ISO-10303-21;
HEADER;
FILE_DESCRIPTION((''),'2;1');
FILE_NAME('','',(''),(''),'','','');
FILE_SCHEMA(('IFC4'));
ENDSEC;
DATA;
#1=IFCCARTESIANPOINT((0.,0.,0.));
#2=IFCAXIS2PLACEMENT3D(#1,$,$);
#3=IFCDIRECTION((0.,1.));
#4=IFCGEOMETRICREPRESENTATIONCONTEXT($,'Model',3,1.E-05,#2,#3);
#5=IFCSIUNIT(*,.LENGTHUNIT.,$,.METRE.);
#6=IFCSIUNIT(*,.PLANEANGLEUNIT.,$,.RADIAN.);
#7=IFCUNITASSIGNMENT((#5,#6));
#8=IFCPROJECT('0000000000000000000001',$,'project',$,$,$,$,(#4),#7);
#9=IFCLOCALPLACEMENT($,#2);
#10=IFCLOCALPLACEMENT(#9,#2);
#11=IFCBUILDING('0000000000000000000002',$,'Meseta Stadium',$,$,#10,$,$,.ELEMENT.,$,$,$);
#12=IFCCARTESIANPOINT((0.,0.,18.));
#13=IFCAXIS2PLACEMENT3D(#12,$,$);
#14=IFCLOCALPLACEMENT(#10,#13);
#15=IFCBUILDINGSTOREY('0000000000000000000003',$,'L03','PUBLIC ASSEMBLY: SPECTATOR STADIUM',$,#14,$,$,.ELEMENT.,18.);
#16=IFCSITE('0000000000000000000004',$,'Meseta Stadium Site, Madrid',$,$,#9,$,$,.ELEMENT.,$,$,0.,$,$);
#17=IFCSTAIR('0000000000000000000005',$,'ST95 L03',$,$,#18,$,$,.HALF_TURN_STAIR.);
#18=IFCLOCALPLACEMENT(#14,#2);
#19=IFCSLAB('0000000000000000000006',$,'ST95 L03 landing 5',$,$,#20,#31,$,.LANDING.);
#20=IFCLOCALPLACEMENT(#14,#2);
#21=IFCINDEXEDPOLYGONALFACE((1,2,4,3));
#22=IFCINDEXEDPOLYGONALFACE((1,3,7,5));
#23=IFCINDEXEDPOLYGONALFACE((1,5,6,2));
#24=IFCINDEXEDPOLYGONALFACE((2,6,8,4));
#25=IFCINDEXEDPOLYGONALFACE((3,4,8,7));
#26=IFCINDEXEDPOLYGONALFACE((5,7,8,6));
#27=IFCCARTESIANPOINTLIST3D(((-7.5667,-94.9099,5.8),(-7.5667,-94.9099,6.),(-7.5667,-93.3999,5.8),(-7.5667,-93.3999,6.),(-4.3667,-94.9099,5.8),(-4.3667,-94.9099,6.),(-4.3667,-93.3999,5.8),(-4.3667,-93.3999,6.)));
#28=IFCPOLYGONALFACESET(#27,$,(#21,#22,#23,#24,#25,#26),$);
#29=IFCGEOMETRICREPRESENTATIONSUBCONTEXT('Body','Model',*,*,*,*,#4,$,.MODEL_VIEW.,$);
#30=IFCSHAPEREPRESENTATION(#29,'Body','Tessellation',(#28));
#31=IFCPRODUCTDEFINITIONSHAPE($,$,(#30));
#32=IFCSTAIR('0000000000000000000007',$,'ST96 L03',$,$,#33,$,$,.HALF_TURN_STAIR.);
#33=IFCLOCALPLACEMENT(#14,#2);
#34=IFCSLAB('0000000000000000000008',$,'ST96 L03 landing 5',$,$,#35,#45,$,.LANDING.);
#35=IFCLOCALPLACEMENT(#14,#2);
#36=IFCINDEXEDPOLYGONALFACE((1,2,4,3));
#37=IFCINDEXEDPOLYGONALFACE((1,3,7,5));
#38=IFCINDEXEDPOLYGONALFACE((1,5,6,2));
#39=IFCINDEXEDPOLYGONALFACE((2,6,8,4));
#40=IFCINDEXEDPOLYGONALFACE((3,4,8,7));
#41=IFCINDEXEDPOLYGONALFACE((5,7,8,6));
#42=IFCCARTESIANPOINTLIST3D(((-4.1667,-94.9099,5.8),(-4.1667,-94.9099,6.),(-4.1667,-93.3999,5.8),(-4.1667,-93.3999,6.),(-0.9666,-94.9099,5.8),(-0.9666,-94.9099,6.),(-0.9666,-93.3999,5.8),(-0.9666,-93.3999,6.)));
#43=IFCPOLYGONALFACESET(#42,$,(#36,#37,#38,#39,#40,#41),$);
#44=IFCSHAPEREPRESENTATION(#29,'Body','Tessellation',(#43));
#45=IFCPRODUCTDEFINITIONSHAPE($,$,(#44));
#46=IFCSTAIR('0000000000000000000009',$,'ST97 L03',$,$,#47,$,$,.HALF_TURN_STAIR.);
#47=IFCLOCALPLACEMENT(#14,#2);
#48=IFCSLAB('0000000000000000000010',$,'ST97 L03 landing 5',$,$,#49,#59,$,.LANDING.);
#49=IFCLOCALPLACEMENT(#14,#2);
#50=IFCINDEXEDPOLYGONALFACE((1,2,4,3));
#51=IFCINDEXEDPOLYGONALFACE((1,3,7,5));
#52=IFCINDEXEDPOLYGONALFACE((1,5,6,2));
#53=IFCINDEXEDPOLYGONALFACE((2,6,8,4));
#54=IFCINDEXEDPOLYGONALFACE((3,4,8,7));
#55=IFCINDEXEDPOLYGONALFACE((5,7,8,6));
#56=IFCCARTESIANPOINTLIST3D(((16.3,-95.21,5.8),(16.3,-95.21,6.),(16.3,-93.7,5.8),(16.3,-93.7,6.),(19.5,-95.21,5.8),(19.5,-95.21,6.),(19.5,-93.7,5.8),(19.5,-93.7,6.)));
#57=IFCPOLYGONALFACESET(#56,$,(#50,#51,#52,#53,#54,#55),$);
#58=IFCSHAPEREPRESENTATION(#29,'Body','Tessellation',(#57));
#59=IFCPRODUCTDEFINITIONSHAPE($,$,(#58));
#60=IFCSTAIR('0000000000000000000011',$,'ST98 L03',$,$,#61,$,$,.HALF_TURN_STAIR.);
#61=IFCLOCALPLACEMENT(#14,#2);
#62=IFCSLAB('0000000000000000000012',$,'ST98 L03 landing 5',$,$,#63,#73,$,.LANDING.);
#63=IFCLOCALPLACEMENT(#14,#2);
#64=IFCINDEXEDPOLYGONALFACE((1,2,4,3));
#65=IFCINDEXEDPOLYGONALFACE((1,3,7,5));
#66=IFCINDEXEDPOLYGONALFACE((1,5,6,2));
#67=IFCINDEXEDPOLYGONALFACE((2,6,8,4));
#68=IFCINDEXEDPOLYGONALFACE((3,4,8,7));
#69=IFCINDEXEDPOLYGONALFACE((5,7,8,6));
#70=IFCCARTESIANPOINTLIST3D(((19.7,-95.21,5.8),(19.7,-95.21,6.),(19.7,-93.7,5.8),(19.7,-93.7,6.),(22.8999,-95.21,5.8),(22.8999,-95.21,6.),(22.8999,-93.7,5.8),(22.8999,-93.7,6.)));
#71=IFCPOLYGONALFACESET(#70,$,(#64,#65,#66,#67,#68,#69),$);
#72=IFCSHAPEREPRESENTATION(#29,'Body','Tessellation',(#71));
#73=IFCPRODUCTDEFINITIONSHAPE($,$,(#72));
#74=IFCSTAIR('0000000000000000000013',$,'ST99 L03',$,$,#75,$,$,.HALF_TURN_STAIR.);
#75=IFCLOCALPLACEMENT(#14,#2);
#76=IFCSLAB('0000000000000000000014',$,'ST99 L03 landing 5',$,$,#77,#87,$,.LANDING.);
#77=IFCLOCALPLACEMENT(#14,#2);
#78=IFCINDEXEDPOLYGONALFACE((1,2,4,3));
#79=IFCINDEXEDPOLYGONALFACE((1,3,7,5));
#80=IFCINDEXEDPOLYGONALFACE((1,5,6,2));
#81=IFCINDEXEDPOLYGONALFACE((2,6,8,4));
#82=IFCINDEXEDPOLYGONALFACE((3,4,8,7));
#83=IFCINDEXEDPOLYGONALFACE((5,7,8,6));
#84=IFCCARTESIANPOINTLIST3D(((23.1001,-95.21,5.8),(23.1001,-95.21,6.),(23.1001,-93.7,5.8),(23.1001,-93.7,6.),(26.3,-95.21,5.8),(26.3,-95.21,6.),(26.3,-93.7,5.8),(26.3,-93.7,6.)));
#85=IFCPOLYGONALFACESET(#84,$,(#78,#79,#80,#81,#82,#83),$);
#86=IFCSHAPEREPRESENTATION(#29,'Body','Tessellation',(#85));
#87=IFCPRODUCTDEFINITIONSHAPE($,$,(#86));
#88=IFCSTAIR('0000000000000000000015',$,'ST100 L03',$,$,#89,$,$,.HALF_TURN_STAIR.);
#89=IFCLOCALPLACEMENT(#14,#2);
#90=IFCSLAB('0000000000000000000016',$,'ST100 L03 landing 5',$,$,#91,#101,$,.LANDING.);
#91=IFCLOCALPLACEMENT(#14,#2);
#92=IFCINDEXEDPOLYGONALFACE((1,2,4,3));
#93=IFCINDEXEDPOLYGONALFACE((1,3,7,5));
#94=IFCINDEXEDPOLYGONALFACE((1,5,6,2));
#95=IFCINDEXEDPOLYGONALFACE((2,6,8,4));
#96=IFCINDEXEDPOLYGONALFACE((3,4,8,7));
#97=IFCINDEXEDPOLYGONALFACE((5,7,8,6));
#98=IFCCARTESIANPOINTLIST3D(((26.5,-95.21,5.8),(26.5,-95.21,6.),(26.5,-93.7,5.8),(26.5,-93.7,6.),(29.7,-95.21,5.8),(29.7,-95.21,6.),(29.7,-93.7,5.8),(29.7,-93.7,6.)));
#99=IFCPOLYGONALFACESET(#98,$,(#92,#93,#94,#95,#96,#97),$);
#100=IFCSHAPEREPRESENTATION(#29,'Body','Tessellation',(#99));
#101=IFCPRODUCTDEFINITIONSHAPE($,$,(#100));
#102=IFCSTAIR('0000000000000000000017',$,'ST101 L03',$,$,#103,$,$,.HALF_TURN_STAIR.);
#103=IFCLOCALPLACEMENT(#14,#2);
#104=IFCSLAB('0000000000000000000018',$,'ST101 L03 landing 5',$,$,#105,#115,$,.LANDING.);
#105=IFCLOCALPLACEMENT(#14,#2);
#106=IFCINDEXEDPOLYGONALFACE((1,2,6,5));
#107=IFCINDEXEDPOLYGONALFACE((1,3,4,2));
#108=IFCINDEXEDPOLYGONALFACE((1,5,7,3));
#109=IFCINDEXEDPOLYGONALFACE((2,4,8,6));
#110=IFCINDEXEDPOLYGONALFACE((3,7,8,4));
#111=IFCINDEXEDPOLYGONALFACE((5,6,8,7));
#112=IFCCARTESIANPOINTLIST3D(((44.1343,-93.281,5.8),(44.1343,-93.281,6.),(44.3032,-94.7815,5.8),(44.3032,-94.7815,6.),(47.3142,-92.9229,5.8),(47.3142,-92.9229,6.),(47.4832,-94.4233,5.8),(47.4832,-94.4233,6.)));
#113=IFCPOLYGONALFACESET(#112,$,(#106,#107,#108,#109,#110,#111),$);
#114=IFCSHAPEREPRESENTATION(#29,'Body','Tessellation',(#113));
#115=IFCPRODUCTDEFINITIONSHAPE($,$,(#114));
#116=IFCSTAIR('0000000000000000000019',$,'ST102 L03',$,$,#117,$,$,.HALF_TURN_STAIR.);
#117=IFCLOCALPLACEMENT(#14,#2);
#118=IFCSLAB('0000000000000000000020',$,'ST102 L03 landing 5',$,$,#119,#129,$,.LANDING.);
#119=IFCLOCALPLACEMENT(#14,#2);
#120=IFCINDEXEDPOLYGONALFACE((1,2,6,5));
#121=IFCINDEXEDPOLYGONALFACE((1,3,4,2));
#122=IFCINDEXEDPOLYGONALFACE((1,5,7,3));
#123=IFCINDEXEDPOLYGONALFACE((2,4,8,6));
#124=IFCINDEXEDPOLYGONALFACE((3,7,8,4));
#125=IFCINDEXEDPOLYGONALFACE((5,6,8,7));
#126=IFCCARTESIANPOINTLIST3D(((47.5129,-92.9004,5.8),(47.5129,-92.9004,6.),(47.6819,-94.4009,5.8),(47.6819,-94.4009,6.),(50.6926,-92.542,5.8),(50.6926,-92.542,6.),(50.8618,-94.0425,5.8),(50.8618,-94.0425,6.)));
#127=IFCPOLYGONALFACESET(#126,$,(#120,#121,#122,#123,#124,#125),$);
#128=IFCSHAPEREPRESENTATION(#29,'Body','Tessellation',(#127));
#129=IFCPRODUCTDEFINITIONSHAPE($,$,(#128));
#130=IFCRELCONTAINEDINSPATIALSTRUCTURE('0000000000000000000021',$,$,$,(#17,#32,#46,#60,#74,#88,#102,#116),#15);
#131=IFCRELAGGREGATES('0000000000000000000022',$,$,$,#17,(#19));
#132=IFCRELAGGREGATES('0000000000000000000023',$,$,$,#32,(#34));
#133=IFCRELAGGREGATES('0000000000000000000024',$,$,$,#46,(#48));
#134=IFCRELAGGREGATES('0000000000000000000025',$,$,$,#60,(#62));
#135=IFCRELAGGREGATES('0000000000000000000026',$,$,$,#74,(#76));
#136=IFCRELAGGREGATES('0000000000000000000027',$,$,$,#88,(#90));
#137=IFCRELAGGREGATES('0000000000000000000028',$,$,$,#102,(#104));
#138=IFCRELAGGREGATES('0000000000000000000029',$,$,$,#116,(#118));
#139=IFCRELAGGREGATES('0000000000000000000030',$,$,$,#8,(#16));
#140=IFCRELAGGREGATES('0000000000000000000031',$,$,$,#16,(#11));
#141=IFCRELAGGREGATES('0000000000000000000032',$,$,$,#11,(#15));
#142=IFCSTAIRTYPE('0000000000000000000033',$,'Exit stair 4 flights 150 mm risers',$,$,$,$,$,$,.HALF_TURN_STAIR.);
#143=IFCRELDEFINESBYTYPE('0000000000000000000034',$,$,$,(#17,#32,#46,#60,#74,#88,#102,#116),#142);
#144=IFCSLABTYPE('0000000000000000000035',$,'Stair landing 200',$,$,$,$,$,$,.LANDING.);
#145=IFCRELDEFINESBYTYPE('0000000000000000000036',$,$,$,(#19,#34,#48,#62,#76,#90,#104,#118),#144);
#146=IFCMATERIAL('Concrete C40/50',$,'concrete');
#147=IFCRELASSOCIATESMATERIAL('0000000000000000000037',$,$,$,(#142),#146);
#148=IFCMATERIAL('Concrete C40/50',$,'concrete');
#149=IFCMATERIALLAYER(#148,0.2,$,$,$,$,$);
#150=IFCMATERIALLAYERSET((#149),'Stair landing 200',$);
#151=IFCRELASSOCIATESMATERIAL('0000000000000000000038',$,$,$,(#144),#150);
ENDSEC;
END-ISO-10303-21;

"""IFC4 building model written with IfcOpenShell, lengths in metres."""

from ifc_helpers import new_model, si_unit, direction, frame, origin, place, context, subcontext, project, spatial, polyline, outline, extrude, material, layer, layer_set, type_object, element, aggregate, save


model = new_model("IFC4")

# Units and contexts
model_context = context("Model", 3, precision=1e-05, world=origin(), true_north=direction((0.0, 1.0)))
body_context = subcontext(model_context, "Body", "Model", "MODEL_VIEW")
ifc_project = project(units=[si_unit("LENGTHUNIT", "METRE"), si_unit("PLANEANGLEUNIT", "RADIAN")], contexts=[model_context])

# Site, building, storey
site_placement = place(None, origin())
site = spatial("IfcSite", under=ifc_project, at=site_placement, Name="Meseta Stadium Site, Madrid", CompositionType="ELEMENT", RefElevation=0.0)
building_placement = place(site_placement, origin())
building = spatial("IfcBuilding", under=site, at=building_placement, Name="Meseta Stadium", CompositionType="ELEMENT")
storey_placement = place(building_placement, frame((0.0, 0.0, 18.0)))
storey = spatial("IfcBuildingStorey", under=building, at=storey_placement, Name="L03", Description="PUBLIC ASSEMBLY: SPECTATOR STADIUM", CompositionType="ELEMENT", Elevation=18.0)

# Stairs, slabs
ifc_material_1 = material(Name="Concrete C40/50", Category="concrete")
stair_type = type_object("IfcStairType", Name="Exit stair 4 flights 150 mm risers", PredefinedType="HALF_TURN_STAIR", material=ifc_material_1)
ifc_material_2 = material(Name="Concrete C40/50", Category="concrete")
ifc_layer = layer(ifc_material_2, 0.2)
ifc_layer_set = layer_set([ifc_layer], Name="Stair landing 200")
slab_type = type_object("IfcSlabType", Name="Stair landing 200", PredefinedType="LANDING", material=ifc_layer_set)
stair_1_placement = place(storey_placement, origin())
stair_1 = element("IfcStair", 1, at=stair_1_placement, inside=storey, type_object=stair_type, Name="ST95 L03", PredefinedType="HALF_TURN_STAIR")
slab_1_placement = place(storey_placement, frame((0.0, 0.0, 5.8)))
slab_1 = element("IfcSlab", 2, at=slab_1_placement, type_object=slab_type, Name="ST95 L03 landing 5", PredefinedType="LANDING", context=body_context, shape_type="SweptSolid", body=[
    extrude(outline(polyline([(-7.5667, -93.3999), (-7.5667, -94.9099), (-4.3667, -94.9099), (-4.3667, -93.3999), (-7.5667, -93.3999)])), origin(), (0.0, 0.0, 1.0), 0.2),
])
aggregate(stair_1, [slab_1])
stair_2_placement = place(storey_placement, origin())
stair_2 = element("IfcStair", 3, at=stair_2_placement, inside=storey, type_object=stair_type, Name="ST96 L03", PredefinedType="HALF_TURN_STAIR")
slab_2_placement = place(storey_placement, frame((0.0, 0.0, 5.8)))
slab_2 = element("IfcSlab", 4, at=slab_2_placement, type_object=slab_type, Name="ST96 L03 landing 5", PredefinedType="LANDING", context=body_context, shape_type="SweptSolid", body=[
    extrude(outline(polyline([(-4.1667, -93.3999), (-4.1667, -94.9099), (-0.9666, -94.9099), (-0.9666, -93.3999), (-4.1667, -93.3999)])), origin(), (0.0, 0.0, 1.0), 0.2),
])
aggregate(stair_2, [slab_2])
stair_3_placement = place(storey_placement, origin())
stair_3 = element("IfcStair", 5, at=stair_3_placement, inside=storey, type_object=stair_type, Name="ST97 L03", PredefinedType="HALF_TURN_STAIR")
slab_3_placement = place(storey_placement, frame((0.0, 0.0, 5.8)))
slab_3 = element("IfcSlab", 6, at=slab_3_placement, type_object=slab_type, Name="ST97 L03 landing 5", PredefinedType="LANDING", context=body_context, shape_type="SweptSolid", body=[
    extrude(outline(polyline([(16.3, -93.7), (16.3, -95.21), (19.5, -95.21), (19.5, -93.7), (16.3, -93.7)])), origin(), (0.0, 0.0, 1.0), 0.2),
])
aggregate(stair_3, [slab_3])
stair_4_placement = place(storey_placement, origin())
stair_4 = element("IfcStair", 7, at=stair_4_placement, inside=storey, type_object=stair_type, Name="ST98 L03", PredefinedType="HALF_TURN_STAIR")
slab_4_placement = place(storey_placement, frame((0.0, 0.0, 5.8)))
slab_4 = element("IfcSlab", 8, at=slab_4_placement, type_object=slab_type, Name="ST98 L03 landing 5", PredefinedType="LANDING", context=body_context, shape_type="SweptSolid", body=[
    extrude(outline(polyline([(19.7, -93.7), (19.7, -95.21), (22.8999, -95.21), (22.8999, -93.7), (19.7, -93.7)])), origin(), (0.0, 0.0, 1.0), 0.2),
])
aggregate(stair_4, [slab_4])
stair_5_placement = place(storey_placement, origin())
stair_5 = element("IfcStair", 9, at=stair_5_placement, inside=storey, type_object=stair_type, Name="ST99 L03", PredefinedType="HALF_TURN_STAIR")
slab_5_placement = place(storey_placement, frame((0.0, 0.0, 5.8)))
slab_5 = element("IfcSlab", 10, at=slab_5_placement, type_object=slab_type, Name="ST99 L03 landing 5", PredefinedType="LANDING", context=body_context, shape_type="SweptSolid", body=[
    extrude(outline(polyline([(23.1001, -93.7), (23.1001, -95.21), (26.3, -95.21), (26.3, -93.7), (23.1001, -93.7)])), origin(), (0.0, 0.0, 1.0), 0.2),
])
aggregate(stair_5, [slab_5])
stair_6_placement = place(storey_placement, origin())
stair_6 = element("IfcStair", 11, at=stair_6_placement, inside=storey, type_object=stair_type, Name="ST100 L03", PredefinedType="HALF_TURN_STAIR")
slab_6_placement = place(storey_placement, frame((0.0, 0.0, 5.8)))
slab_6 = element("IfcSlab", 12, at=slab_6_placement, type_object=slab_type, Name="ST100 L03 landing 5", PredefinedType="LANDING", context=body_context, shape_type="SweptSolid", body=[
    extrude(outline(polyline([(26.5, -93.7), (26.5, -95.21), (29.7, -95.21), (29.7, -93.7), (26.5, -93.7)])), origin(), (0.0, 0.0, 1.0), 0.2),
])
aggregate(stair_6, [slab_6])
stair_7_placement = place(storey_placement, origin())
stair_7 = element("IfcStair", 13, at=stair_7_placement, inside=storey, type_object=stair_type, Name="ST101 L03", PredefinedType="HALF_TURN_STAIR")
slab_7_placement = place(storey_placement, frame((0.0, 0.0, 5.8)))
slab_7 = element("IfcSlab", 14, at=slab_7_placement, type_object=slab_type, Name="ST101 L03 landing 5", PredefinedType="LANDING", context=body_context, shape_type="SweptSolid", body=[
    extrude(outline(polyline([(44.1343, -93.281), (44.3032, -94.7815), (47.4832, -94.4233), (47.3142, -92.9229), (44.1343, -93.281)])), origin(), (0.0, 0.0, 1.0), 0.2),
])
aggregate(stair_7, [slab_7])
stair_8_placement = place(storey_placement, origin())
stair_8 = element("IfcStair", 15, at=stair_8_placement, inside=storey, type_object=stair_type, Name="ST102 L03", PredefinedType="HALF_TURN_STAIR")
slab_8_placement = place(storey_placement, frame((0.0, 0.0, 5.8)))
slab_8 = element("IfcSlab", 16, at=slab_8_placement, type_object=slab_type, Name="ST102 L03 landing 5", PredefinedType="LANDING", context=body_context, shape_type="SweptSolid", body=[
    extrude(outline(polyline([(47.5129, -92.9004), (47.6819, -94.4009), (50.8618, -94.0425), (50.6926, -92.542), (47.5129, -92.9004)])), origin(), (0.0, 0.0, 1.0), 0.2),
])
aggregate(stair_8, [slab_8])

save(model, "model.ifc")
